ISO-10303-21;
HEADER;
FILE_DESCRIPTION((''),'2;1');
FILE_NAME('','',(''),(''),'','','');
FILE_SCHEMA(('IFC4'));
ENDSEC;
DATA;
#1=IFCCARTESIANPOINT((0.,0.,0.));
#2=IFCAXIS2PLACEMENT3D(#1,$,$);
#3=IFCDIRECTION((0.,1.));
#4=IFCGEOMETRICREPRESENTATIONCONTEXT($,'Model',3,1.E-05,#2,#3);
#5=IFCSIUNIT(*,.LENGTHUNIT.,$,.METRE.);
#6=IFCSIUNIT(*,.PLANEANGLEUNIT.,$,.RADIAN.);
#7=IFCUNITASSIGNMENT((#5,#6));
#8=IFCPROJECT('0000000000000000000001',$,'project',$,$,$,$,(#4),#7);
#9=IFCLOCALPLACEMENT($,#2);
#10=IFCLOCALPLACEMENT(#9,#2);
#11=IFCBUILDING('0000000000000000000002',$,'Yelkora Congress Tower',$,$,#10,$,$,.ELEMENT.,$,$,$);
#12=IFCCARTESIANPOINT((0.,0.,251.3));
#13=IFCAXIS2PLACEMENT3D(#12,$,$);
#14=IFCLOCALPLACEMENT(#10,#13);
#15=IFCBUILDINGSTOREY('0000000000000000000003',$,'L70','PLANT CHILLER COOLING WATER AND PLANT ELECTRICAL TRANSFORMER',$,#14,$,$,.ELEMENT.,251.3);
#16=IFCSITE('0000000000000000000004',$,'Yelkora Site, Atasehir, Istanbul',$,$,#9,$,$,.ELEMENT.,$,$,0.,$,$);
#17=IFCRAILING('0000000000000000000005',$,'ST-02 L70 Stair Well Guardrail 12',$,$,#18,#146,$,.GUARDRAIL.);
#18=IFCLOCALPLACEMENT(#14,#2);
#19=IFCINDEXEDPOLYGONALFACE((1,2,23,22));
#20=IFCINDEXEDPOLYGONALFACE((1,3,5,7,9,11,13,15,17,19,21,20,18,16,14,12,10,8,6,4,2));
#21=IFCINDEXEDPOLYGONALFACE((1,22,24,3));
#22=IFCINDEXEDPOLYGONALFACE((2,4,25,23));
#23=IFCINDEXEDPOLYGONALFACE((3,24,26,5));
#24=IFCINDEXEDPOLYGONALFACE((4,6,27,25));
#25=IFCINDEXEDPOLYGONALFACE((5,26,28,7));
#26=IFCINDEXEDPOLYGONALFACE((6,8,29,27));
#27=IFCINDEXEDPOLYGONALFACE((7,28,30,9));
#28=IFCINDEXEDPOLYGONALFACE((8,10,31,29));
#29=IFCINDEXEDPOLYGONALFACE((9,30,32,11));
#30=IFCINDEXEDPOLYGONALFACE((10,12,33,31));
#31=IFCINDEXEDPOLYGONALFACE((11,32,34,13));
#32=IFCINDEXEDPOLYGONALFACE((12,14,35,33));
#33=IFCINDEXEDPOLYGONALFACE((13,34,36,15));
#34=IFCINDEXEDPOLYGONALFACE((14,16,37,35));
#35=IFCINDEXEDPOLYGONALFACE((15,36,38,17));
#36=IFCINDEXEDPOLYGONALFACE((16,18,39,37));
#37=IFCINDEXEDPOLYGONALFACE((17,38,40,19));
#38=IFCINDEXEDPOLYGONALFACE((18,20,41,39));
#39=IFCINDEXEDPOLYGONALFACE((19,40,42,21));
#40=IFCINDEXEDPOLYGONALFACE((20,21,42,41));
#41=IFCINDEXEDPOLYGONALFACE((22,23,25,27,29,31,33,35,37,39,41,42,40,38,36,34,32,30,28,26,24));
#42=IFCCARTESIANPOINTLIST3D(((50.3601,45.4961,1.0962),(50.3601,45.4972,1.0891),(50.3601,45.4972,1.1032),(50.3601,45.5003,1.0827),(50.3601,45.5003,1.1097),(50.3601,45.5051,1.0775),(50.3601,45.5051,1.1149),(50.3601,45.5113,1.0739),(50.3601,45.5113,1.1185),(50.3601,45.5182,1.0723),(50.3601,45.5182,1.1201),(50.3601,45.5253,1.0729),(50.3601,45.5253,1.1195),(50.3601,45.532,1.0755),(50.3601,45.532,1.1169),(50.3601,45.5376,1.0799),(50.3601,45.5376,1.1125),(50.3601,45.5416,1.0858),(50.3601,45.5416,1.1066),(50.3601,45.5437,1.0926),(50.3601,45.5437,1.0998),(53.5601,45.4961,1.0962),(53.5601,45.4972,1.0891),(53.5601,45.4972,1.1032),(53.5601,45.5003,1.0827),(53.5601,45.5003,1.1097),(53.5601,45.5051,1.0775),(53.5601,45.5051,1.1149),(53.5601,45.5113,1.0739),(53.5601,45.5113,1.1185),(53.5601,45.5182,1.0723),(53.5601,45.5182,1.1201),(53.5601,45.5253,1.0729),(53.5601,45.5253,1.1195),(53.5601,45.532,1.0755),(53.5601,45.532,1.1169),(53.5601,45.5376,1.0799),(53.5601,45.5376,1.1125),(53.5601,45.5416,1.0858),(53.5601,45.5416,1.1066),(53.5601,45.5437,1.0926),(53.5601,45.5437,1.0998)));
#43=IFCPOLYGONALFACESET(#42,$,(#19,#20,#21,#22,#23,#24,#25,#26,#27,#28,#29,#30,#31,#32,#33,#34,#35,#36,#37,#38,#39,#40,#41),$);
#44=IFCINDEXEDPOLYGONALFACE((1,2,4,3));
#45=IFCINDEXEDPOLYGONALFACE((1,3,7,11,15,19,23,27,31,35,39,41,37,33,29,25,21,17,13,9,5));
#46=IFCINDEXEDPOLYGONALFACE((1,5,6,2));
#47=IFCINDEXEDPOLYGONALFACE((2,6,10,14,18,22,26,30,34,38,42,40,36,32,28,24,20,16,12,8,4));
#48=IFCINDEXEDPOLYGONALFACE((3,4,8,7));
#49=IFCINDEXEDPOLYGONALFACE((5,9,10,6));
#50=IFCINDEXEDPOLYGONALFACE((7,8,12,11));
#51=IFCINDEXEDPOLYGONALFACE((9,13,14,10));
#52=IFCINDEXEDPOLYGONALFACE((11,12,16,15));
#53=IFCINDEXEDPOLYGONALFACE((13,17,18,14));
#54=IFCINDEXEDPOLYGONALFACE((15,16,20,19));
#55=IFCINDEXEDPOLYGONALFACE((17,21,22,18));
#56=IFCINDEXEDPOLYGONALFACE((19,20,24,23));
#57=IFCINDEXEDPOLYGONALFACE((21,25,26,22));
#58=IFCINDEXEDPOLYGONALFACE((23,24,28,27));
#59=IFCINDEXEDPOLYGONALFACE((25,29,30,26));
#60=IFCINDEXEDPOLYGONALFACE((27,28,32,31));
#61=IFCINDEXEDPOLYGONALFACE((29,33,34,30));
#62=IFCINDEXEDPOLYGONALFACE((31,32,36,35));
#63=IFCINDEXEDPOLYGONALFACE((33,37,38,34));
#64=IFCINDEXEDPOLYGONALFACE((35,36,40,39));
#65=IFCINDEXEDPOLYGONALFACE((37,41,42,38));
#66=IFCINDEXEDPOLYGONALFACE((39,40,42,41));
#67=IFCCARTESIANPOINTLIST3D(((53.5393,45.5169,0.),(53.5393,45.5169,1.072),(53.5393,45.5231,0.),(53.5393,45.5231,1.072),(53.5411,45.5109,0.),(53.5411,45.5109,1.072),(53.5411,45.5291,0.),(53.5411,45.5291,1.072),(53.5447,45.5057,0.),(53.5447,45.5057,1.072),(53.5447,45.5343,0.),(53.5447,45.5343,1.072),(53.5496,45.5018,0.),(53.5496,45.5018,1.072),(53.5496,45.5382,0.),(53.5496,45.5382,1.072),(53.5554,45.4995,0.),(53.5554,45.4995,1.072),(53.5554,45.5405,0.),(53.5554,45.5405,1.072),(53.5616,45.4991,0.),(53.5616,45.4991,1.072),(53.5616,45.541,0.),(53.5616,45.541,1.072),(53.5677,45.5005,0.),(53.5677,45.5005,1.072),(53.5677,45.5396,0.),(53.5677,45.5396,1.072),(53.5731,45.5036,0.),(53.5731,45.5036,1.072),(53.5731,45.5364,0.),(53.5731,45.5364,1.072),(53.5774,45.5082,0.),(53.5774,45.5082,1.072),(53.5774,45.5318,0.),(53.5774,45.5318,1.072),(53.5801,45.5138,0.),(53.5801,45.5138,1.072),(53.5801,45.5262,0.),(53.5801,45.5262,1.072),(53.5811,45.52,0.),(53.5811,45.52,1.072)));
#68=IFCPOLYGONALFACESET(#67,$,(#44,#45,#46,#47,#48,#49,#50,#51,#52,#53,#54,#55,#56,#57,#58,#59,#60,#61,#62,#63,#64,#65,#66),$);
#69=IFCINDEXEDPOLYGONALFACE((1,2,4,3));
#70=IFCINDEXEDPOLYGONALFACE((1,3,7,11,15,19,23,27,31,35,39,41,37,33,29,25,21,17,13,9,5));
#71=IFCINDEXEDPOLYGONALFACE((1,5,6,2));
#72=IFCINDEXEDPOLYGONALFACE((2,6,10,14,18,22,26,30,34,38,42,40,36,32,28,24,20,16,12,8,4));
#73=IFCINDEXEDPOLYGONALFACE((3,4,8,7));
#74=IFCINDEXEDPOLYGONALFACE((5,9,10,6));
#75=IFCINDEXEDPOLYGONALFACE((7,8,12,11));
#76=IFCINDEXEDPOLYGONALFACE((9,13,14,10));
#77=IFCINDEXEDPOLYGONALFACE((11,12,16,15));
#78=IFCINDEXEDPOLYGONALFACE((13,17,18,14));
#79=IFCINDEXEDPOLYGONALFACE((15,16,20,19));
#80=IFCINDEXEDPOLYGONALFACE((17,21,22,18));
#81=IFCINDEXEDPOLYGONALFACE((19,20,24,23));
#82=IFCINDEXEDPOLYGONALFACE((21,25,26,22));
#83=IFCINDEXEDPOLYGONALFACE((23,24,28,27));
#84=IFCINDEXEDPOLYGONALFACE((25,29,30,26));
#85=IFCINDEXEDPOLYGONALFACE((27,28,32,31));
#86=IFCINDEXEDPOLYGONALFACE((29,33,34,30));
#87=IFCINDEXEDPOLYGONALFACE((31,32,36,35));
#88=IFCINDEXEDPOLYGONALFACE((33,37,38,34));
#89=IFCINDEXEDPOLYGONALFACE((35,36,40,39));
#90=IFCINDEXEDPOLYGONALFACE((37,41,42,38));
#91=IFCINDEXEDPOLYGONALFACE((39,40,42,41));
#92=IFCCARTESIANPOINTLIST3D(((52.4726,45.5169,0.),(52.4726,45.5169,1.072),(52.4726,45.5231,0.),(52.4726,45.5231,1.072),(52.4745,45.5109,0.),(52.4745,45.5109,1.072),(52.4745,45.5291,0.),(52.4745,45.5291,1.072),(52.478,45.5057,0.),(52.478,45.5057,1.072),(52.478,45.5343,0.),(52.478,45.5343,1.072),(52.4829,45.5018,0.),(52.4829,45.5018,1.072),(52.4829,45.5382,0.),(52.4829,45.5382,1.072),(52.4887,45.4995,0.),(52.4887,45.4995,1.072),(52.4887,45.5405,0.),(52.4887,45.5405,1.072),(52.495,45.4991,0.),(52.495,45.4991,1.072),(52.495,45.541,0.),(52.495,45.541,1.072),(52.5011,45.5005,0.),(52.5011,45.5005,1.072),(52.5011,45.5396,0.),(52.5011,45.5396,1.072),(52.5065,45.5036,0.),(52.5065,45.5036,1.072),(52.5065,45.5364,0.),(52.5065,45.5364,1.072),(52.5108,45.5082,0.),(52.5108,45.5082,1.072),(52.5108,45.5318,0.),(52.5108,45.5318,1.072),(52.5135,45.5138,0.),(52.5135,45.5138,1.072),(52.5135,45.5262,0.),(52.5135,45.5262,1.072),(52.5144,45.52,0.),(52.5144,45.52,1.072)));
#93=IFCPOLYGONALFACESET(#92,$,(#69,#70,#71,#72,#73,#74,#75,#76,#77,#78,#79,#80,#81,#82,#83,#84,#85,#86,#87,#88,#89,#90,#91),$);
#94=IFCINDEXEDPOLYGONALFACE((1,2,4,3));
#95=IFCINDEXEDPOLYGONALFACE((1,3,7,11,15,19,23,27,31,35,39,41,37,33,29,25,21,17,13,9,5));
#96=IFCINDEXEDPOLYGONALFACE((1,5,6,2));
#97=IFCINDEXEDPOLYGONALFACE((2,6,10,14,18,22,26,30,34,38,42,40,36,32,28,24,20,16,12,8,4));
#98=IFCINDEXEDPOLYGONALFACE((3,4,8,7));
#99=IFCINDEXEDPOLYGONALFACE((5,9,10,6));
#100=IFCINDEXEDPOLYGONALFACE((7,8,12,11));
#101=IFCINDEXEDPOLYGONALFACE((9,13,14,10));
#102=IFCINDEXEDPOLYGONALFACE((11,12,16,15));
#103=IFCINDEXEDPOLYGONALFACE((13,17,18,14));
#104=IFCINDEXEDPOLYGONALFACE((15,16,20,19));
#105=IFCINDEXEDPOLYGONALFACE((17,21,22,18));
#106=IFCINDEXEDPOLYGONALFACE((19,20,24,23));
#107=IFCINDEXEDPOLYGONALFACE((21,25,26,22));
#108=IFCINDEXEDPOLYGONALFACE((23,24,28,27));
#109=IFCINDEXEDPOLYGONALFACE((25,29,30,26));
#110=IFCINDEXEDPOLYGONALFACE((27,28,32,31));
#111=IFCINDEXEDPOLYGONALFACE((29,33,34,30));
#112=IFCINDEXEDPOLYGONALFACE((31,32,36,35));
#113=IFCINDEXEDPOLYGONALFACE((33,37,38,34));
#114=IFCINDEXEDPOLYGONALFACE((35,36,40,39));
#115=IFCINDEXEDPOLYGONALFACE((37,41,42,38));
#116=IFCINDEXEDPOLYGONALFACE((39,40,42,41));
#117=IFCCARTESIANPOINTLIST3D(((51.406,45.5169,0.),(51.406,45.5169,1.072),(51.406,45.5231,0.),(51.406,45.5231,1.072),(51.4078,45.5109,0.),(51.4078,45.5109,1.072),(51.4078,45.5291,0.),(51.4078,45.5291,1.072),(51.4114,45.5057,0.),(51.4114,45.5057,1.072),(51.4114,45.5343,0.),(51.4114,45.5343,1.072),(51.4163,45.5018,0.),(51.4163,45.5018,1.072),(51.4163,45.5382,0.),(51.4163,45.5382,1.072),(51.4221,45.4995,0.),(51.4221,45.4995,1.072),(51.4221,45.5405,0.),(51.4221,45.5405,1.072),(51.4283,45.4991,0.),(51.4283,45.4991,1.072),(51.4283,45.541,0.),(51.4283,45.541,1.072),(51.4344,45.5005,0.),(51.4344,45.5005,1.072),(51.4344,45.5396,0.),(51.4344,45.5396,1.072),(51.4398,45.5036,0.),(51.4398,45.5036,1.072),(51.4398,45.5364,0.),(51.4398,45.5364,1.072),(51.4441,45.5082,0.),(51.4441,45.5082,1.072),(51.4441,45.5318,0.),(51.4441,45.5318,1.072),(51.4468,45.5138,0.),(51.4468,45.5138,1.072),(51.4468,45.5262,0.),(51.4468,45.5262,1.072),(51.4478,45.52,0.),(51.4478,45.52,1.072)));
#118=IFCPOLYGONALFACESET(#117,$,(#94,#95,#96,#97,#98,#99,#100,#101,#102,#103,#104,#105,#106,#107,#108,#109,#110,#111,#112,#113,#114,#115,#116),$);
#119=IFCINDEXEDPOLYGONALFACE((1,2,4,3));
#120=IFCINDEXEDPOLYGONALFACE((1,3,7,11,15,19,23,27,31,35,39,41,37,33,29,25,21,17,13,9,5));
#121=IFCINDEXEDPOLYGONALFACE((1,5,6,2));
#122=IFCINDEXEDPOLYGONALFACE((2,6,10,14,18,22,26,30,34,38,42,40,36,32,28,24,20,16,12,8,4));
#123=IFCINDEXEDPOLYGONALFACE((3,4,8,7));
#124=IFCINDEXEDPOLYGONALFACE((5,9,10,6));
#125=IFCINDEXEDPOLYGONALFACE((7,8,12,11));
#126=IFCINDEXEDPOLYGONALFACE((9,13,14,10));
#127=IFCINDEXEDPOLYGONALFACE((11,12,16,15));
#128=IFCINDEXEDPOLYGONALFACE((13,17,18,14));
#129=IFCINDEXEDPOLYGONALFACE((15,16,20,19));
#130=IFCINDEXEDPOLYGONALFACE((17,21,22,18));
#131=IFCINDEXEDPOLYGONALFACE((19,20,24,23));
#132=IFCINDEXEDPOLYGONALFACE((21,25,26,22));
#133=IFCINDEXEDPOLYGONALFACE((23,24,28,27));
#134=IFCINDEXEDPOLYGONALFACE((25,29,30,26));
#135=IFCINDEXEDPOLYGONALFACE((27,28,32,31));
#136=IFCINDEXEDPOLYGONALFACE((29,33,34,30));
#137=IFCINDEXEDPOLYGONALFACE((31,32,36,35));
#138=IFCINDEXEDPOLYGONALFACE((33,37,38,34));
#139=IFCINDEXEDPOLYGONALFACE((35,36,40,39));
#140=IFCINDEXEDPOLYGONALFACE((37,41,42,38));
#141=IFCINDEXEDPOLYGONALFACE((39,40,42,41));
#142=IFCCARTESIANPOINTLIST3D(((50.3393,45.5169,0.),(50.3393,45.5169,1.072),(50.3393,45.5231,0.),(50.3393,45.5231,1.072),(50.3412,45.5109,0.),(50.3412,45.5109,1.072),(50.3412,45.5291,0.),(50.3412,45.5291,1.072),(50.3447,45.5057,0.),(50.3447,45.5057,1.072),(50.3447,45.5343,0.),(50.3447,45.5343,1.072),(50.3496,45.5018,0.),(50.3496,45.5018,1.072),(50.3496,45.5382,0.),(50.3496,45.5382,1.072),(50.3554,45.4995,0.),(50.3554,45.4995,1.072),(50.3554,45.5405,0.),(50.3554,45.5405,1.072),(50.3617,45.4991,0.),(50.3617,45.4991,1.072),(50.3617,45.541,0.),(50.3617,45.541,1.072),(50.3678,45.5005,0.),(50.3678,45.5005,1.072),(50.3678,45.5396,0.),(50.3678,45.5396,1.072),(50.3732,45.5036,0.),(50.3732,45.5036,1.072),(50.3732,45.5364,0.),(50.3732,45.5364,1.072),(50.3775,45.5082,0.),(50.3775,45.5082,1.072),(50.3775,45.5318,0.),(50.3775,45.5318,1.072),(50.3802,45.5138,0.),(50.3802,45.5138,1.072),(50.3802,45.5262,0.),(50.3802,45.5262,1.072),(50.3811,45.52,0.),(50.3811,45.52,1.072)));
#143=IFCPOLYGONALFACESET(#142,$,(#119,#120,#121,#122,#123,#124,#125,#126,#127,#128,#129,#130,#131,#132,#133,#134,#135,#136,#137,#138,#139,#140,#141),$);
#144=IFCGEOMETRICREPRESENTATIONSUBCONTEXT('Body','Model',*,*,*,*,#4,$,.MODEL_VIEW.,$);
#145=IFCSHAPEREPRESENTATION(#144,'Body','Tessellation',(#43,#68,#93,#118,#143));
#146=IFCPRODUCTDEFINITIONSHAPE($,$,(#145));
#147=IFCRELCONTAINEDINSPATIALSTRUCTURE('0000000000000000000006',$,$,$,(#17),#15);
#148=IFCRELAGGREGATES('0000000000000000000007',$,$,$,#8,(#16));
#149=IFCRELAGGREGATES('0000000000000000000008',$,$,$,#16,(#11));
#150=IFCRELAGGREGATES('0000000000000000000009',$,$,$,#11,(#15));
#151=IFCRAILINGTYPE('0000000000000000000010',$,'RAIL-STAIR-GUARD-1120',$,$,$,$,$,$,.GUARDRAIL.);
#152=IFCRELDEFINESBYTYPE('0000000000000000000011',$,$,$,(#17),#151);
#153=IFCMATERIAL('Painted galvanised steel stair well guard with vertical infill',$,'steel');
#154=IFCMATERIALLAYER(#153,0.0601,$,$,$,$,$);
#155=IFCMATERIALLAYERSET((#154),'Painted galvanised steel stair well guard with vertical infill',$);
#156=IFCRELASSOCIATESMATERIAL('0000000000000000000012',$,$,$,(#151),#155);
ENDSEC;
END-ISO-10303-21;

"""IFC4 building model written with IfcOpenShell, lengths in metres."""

from ifc_helpers import new_model, si_unit, direction, frame, origin, origin_2d, place, context, subcontext, project, spatial, circle, extrude, material, layer, layer_set, type_object, element, save


model = new_model("IFC4")

# Units and contexts
model_context = context("Model", 3, precision=1e-05, world=origin(), true_north=direction((0.0, 1.0)))
body_context = subcontext(model_context, "Body", "Model", "MODEL_VIEW")
ifc_project = project(units=[si_unit("LENGTHUNIT", "METRE"), si_unit("PLANEANGLEUNIT", "RADIAN")], contexts=[model_context])

# Site, building, storey
site_placement = place(None, origin())
site = spatial("IfcSite", under=ifc_project, at=site_placement, Name="Yelkora Site, Atasehir, Istanbul", CompositionType="ELEMENT", RefElevation=0.0)
building_placement = place(site_placement, origin())
building = spatial("IfcBuilding", under=site, at=building_placement, Name="Yelkora Congress Tower", CompositionType="ELEMENT")
storey_placement = place(building_placement, frame((0.0, 0.0, 251.3)))
storey = spatial("IfcBuildingStorey", under=building, at=storey_placement, Name="L70", Description="PLANT CHILLER COOLING WATER AND PLANT ELECTRICAL TRANSFORMER", CompositionType="ELEMENT", Elevation=251.3)

# Railing
ifc_material_1 = material(Name="Painted galvanised steel stair well guard with vertical infill", Category="steel")
ifc_layer_1 = layer(ifc_material_1, 0.0601)
ifc_layer_set_1 = layer_set([ifc_layer_1], Name="Painted galvanised steel stair well guard with vertical infill")
railing_type_1 = type_object("IfcRailingType", Name="RAIL-STAIR-GUARD-1120", PredefinedType="GUARDRAIL", material=ifc_layer_set_1)
railing_1_placement = place(storey_placement, frame((53.5601, 45.52, 0.0)))
element("IfcRailing", 1, at=railing_1_placement, inside=storey, type_object=railing_type_1, Name="ST-02 L70 Stair Well Guardrail 12", PredefinedType="GUARDRAIL", context=body_context, shape_type="SweptSolid", body=[
    extrude(circle(Radius=0.0239, at=origin_2d()), frame((0.0, 0.0, 1.0962), z_axis=(-1.0, 0.0, 0.0), x_axis=(0.0, -1.0, 0.0)), (0.0, 0.0, 1.0), 3.2),
    extrude(circle(Radius=0.021, at=origin_2d()), origin(), (0.0, 0.0, 1.0), 1.072),
    extrude(circle(Radius=0.021, at=origin_2d()), frame((-1.0667, 0.0, 0.0)), (0.0, 0.0, 1.0), 1.072),
    extrude(circle(Radius=0.021, at=origin_2d()), frame((-2.1333, 0.0, 0.0)), (0.0, 0.0, 1.0), 1.072),
    extrude(circle(Radius=0.021, at=origin_2d()), frame((-3.2, 0.0, 0.0)), (0.0, 0.0, 1.0), 1.072),
])

save(model, "model.ifc")
